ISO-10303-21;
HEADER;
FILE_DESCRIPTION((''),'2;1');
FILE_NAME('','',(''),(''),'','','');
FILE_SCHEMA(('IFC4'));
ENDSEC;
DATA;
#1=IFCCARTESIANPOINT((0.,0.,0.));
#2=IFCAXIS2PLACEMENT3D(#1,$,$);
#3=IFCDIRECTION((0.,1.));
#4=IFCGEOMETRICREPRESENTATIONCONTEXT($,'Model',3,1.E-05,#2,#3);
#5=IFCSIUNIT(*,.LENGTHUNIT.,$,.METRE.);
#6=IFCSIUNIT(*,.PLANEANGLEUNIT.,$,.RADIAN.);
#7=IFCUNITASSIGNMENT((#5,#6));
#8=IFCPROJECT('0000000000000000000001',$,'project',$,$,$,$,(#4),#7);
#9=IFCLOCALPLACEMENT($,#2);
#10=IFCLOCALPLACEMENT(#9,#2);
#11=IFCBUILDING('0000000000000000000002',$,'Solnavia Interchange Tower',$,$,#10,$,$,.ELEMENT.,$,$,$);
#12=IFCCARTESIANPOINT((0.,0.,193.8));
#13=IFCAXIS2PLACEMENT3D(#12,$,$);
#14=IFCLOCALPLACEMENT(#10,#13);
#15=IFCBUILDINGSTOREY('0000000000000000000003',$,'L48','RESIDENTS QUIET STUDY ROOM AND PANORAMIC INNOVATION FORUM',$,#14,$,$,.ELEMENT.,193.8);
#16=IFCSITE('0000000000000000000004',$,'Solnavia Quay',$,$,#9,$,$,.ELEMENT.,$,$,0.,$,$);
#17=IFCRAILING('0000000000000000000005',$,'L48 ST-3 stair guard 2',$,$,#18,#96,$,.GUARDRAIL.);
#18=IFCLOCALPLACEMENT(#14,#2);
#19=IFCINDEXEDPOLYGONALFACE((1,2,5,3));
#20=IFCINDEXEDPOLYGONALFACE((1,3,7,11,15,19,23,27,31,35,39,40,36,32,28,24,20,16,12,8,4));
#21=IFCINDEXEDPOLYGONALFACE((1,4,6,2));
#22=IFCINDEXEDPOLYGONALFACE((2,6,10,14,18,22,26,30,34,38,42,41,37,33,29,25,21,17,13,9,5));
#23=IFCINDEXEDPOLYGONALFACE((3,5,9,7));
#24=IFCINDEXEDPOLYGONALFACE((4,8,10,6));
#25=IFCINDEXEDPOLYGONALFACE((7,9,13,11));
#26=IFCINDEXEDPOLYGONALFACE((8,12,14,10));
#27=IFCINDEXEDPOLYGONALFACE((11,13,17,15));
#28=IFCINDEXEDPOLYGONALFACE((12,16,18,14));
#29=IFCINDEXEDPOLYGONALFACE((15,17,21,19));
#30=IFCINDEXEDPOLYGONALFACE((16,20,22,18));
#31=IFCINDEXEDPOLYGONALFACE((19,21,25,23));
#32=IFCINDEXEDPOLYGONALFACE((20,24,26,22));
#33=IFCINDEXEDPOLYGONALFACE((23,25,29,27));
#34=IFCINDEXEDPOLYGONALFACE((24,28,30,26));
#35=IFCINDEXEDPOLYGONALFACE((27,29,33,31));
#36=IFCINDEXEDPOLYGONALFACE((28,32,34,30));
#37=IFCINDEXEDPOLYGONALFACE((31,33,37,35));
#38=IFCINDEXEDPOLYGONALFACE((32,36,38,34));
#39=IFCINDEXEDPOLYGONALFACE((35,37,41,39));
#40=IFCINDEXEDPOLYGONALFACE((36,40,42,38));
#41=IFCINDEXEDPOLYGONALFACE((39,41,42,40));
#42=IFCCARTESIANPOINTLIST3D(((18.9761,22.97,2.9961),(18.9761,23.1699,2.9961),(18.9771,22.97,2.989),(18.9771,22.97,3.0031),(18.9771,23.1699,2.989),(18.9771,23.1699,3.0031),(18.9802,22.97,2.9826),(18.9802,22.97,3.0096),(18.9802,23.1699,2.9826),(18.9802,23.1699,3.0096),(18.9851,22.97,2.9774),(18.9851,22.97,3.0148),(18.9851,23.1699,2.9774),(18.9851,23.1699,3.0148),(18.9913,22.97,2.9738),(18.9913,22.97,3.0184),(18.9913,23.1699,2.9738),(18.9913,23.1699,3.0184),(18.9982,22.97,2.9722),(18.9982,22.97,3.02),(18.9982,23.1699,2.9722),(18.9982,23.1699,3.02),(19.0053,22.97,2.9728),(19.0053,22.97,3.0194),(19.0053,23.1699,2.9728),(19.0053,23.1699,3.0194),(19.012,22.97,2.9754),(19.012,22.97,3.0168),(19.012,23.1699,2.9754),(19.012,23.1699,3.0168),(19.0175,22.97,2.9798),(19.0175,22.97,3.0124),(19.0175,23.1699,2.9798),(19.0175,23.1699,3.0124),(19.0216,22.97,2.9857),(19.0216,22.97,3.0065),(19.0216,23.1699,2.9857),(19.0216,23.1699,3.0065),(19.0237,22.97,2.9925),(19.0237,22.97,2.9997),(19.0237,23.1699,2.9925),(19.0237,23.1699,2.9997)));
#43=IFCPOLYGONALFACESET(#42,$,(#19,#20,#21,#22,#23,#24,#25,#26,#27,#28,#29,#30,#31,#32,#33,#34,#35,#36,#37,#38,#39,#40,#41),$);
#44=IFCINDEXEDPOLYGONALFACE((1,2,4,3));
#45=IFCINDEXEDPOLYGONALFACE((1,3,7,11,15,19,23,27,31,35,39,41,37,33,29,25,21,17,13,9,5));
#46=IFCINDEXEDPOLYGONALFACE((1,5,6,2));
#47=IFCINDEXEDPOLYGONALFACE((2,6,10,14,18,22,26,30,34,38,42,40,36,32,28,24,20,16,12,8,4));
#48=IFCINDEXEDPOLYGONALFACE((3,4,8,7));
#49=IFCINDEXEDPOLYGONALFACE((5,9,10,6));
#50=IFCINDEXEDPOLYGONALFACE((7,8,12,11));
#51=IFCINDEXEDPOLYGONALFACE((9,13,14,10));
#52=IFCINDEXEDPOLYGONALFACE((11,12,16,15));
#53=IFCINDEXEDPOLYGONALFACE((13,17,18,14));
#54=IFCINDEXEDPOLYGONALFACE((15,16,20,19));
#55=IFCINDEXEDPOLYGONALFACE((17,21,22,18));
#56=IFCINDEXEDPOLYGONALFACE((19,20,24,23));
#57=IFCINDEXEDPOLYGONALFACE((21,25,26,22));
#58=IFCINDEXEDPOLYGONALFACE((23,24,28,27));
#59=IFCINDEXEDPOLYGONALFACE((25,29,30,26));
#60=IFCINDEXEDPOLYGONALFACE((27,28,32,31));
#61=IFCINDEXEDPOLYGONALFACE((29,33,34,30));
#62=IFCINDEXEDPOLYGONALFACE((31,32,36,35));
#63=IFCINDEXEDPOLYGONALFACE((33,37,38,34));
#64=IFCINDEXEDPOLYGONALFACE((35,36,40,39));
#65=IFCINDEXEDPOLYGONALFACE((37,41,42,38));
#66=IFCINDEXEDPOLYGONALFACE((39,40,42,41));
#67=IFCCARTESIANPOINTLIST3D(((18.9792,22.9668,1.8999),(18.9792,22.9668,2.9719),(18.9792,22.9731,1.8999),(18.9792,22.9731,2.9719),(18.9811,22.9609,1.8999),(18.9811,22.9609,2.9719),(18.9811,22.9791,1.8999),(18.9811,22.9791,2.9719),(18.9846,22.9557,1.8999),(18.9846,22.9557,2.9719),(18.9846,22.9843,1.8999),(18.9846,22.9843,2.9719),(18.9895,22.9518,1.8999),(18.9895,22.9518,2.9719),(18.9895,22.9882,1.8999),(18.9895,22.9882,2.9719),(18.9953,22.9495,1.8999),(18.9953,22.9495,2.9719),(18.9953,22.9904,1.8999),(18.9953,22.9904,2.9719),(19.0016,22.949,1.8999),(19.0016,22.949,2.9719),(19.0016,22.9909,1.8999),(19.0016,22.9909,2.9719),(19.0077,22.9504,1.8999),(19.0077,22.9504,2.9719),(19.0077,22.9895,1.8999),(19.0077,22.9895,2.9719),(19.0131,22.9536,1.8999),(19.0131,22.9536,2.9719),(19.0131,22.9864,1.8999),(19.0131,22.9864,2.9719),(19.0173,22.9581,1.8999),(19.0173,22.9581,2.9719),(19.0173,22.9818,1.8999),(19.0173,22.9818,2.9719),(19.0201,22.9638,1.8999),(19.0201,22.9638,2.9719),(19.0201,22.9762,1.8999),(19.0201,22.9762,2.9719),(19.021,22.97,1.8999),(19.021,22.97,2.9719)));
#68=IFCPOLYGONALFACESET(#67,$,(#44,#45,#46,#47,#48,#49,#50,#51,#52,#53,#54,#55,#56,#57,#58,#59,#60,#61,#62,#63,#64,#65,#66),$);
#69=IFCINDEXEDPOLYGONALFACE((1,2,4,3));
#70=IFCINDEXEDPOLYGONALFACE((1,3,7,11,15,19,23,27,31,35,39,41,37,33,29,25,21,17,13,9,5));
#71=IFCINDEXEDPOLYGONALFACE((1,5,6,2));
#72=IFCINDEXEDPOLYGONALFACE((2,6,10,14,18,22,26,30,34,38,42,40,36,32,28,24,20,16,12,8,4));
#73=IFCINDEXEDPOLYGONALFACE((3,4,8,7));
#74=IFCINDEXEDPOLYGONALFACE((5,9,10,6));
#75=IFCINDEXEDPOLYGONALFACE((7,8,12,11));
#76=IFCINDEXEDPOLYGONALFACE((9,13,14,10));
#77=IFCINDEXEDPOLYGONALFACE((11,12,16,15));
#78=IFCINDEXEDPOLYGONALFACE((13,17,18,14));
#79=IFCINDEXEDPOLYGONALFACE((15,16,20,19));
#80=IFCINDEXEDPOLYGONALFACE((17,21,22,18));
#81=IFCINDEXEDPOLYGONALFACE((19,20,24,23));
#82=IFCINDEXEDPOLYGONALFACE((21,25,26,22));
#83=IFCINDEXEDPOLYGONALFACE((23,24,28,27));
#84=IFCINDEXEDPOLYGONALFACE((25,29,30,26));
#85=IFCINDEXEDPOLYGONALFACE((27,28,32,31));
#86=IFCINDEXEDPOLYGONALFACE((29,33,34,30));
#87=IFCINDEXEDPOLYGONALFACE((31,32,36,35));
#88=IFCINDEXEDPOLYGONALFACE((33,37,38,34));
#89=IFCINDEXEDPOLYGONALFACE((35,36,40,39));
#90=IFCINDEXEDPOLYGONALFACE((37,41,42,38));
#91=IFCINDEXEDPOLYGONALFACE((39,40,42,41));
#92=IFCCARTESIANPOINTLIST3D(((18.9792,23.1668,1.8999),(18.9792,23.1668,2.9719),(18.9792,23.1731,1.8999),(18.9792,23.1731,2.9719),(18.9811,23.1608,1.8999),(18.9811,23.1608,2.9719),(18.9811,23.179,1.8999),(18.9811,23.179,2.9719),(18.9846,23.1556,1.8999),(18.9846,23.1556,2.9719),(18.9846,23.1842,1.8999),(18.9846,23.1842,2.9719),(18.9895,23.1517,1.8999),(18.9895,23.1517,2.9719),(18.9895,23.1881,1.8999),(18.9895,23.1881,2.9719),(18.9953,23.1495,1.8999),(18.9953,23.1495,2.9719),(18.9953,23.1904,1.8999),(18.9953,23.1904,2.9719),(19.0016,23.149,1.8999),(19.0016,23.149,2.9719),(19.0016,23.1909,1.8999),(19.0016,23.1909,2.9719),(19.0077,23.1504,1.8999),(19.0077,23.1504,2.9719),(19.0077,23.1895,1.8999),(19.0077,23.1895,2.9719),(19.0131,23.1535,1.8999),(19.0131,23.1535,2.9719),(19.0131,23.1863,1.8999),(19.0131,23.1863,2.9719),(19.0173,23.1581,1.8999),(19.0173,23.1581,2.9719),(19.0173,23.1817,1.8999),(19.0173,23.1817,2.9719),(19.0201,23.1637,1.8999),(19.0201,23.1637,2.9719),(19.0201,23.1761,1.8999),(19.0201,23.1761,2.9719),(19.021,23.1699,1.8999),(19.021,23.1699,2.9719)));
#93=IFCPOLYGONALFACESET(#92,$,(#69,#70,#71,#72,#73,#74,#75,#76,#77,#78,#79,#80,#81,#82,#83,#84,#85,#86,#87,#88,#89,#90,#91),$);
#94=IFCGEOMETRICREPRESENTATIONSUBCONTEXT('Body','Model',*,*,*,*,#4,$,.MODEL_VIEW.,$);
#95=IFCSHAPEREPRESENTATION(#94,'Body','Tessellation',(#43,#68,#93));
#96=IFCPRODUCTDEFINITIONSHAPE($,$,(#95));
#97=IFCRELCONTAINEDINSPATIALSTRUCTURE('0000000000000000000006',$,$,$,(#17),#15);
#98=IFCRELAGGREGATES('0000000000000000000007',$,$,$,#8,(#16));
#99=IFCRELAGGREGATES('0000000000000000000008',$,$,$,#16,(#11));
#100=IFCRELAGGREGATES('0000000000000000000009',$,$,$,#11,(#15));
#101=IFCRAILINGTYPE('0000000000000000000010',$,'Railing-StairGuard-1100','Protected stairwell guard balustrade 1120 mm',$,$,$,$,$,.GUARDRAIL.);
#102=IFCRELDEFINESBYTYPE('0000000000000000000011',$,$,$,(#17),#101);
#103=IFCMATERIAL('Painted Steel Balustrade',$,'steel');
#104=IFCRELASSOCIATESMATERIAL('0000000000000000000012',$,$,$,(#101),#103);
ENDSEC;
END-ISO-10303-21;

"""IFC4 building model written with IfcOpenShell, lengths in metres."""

from ifc_helpers import new_model, si_unit, direction, frame, origin, origin_2d, place, context, subcontext, project, spatial, circle, extrude, material, type_object, element, save


model = new_model("IFC4")

# Units and contexts
model_context = context("Model", 3, precision=1e-05, world=origin(), true_north=direction((0.0, 1.0)))
body_context = subcontext(model_context, "Body", "Model", "MODEL_VIEW")
ifc_project = project(units=[si_unit("LENGTHUNIT", "METRE"), si_unit("PLANEANGLEUNIT", "RADIAN")], contexts=[model_context])

# Site, building, storey
site_placement = place(None, origin())
site = spatial("IfcSite", under=ifc_project, at=site_placement, Name="Solnavia Quay", CompositionType="ELEMENT", RefElevation=0.0)
building_placement = place(site_placement, origin())
building = spatial("IfcBuilding", under=site, at=building_placement, Name="Solnavia Interchange Tower", CompositionType="ELEMENT")
storey_placement = place(building_placement, frame((0.0, 0.0, 193.8)))
storey = spatial("IfcBuildingStorey", under=building, at=storey_placement, Name="L48", Description="RESIDENTS QUIET STUDY ROOM AND PANORAMIC INNOVATION FORUM", CompositionType="ELEMENT", Elevation=193.8)

# Railing
ifc_material_1 = material(Name="Painted Steel Balustrade", Category="steel")
railing_type_1 = type_object("IfcRailingType", Name="Railing-StairGuard-1100", Description="Protected stairwell guard balustrade 1120 mm", PredefinedType="GUARDRAIL", material=ifc_material_1)
railing_1_placement = place(storey_placement, frame((19.0, 22.97, 1.8999)))
element("IfcRailing", 1, at=railing_1_placement, inside=storey, type_object=railing_type_1, Name="L48 ST-3 stair guard 2", PredefinedType="GUARDRAIL", context=body_context, shape_type="SweptSolid", body=[
    extrude(circle(Radius=0.0239, at=origin_2d()), frame((0.0, 0.0, 1.0962), z_axis=(0.0, 1.0, 0.0), x_axis=(-1.0, 0.0, 0.0)), (0.0, 0.0, 1.0), 0.2),
    extrude(circle(Radius=0.021, at=origin_2d()), origin(), (0.0, 0.0, 1.0), 1.072),
    extrude(circle(Radius=0.021, at=origin_2d()), frame((0.0, 0.2, 0.0)), (0.0, 0.0, 1.0), 1.072),
])

save(model, "model.ifc")
